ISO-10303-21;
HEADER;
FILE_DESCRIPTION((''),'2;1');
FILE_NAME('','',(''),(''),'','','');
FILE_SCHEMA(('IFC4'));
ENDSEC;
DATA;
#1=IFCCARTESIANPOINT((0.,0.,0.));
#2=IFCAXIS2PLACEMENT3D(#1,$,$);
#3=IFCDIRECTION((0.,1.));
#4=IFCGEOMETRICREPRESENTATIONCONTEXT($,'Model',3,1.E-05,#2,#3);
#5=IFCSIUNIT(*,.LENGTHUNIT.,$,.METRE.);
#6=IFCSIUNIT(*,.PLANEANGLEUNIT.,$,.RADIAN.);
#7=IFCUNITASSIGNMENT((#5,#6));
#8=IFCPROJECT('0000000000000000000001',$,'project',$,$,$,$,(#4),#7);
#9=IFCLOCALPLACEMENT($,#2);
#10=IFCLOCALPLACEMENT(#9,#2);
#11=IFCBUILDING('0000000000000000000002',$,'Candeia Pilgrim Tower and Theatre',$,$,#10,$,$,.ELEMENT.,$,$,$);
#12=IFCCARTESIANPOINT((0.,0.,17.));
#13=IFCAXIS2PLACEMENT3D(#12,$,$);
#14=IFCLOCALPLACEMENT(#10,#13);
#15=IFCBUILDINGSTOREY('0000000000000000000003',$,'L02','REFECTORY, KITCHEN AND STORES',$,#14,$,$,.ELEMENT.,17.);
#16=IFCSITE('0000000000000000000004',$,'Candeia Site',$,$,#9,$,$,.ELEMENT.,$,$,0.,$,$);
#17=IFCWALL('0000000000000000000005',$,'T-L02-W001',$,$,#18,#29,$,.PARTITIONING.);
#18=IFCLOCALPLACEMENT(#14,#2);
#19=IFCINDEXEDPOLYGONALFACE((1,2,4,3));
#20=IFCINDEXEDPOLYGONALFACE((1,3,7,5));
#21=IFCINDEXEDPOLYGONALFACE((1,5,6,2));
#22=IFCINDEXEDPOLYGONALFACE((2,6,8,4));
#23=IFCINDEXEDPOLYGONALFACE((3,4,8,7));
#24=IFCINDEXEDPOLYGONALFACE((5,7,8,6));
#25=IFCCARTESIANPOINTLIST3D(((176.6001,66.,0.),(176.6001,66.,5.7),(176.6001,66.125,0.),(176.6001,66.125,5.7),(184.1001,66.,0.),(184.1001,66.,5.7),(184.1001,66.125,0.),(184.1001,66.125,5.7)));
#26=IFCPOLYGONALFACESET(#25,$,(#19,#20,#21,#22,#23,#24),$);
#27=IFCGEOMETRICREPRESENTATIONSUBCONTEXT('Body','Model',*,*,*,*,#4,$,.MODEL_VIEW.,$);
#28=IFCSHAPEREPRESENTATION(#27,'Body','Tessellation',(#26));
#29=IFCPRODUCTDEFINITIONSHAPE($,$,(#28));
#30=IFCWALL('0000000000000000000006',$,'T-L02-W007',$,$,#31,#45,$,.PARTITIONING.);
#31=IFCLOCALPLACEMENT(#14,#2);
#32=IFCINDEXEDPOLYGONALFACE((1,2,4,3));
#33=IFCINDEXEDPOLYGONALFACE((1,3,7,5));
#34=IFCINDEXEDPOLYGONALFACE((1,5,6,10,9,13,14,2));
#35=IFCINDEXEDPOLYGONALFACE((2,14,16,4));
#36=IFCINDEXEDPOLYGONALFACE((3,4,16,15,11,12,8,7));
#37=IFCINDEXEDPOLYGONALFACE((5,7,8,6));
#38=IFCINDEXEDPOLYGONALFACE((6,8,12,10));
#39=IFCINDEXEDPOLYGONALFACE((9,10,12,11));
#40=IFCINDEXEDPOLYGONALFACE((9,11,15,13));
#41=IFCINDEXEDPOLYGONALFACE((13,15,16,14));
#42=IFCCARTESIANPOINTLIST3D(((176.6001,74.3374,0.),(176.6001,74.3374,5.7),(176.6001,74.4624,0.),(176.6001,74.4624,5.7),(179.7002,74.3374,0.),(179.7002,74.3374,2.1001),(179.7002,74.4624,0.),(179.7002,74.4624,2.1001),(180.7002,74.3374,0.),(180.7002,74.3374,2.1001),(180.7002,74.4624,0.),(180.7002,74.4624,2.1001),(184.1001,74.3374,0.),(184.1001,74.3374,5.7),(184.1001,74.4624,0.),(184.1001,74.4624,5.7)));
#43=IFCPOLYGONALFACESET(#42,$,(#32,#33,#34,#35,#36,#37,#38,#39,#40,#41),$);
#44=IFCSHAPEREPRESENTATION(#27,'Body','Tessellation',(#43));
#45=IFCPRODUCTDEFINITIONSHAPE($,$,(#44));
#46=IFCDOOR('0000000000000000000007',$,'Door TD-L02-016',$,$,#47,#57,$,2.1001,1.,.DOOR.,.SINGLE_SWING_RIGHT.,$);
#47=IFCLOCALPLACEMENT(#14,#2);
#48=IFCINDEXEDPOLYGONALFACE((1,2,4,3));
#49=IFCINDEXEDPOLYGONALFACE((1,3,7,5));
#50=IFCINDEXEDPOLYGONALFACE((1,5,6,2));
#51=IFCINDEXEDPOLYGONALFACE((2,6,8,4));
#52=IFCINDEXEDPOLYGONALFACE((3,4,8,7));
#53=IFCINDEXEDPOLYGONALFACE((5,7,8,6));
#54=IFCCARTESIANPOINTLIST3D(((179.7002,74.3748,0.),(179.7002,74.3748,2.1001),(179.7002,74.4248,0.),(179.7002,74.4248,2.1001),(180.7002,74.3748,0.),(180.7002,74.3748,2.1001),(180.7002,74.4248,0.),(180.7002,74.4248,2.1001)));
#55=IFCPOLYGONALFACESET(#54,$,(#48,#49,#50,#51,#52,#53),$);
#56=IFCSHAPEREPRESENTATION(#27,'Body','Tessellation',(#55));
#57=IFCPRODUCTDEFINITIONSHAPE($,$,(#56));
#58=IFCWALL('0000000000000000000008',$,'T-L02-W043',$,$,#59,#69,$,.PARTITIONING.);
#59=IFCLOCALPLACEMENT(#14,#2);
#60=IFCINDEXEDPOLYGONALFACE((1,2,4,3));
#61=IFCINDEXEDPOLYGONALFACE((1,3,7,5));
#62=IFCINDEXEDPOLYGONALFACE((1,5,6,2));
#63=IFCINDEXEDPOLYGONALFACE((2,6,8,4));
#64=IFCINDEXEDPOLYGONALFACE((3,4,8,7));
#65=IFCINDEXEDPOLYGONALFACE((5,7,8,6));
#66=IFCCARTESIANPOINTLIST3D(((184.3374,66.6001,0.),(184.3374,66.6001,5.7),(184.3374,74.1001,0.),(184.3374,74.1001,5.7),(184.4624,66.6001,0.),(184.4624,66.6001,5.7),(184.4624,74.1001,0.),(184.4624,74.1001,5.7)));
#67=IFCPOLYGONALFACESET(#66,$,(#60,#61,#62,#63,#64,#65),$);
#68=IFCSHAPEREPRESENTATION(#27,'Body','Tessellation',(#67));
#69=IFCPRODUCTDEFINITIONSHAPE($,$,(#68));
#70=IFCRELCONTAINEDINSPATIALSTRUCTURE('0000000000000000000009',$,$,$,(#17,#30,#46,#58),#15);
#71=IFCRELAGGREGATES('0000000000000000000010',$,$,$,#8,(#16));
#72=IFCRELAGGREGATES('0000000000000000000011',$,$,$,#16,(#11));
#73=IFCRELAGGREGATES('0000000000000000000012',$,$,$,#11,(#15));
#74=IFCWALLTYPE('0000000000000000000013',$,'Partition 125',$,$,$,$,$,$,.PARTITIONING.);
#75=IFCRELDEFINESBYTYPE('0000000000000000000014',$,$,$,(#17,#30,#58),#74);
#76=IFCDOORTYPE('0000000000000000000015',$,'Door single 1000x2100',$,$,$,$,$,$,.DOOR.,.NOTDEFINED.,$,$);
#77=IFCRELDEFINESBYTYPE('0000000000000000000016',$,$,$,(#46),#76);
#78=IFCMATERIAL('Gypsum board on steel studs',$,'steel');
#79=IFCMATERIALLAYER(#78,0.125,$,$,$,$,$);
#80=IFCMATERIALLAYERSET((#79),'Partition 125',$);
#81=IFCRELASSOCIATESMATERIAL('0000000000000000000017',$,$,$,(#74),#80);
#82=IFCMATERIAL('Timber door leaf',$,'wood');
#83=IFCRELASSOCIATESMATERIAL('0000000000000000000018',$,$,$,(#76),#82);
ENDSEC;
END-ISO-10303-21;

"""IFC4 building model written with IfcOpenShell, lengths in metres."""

from ifc_helpers import new_model, si_unit, direction, frame, frame_2d, origin, place, context, subcontext, project, spatial, rectangle, extrude, material, layer, layer_set, type_object, element, fill, save


model = new_model("IFC4")

# Units and contexts
model_context = context("Model", 3, precision=1e-05, world=origin(), true_north=direction((0.0, 1.0)))
body_context = subcontext(model_context, "Body", "Model", "MODEL_VIEW")
ifc_project = project(units=[si_unit("LENGTHUNIT", "METRE"), si_unit("PLANEANGLEUNIT", "RADIAN")], contexts=[model_context])

# Site, building, storey
site_placement = place(None, origin())
site = spatial("IfcSite", under=ifc_project, at=site_placement, Name="Candeia Site", CompositionType="ELEMENT", RefElevation=0.0)
building_placement = place(site_placement, origin())
building = spatial("IfcBuilding", under=site, at=building_placement, Name="Candeia Pilgrim Tower and Theatre", CompositionType="ELEMENT")
storey_placement = place(building_placement, frame((0.0, 0.0, 17.0)))
storey = spatial("IfcBuildingStorey", under=building, at=storey_placement, Name="L02", Description="REFECTORY, KITCHEN AND STORES", CompositionType="ELEMENT", Elevation=17.0)

# Wall
ifc_material_1 = material(Name="Gypsum board on steel studs", Category="steel")
ifc_layer_1 = layer(ifc_material_1, 0.125)
ifc_layer_set_1 = layer_set([ifc_layer_1], Name="Partition 125")
wall_type = type_object("IfcWallType", Name="Partition 125", PredefinedType="PARTITIONING", material=ifc_layer_set_1)
wall_1_placement = place(storey_placement, frame((176.6001, 66.0625, 0.0), z_axis=(0.0, 0.0, 1.0), x_axis=(1.0, 0.0, 0.0)))
element("IfcWall", 1, at=wall_1_placement, inside=storey, type_object=wall_type, Name="T-L02-W001", PredefinedType="PARTITIONING", context=body_context, shape_type="SweptSolid", body=[
    extrude(rectangle(XDim=7.5, YDim=0.125, at=frame_2d((3.75, 0.0))), origin(), (0.0, 0.0, 1.0), 5.7),
])

# Wall, opening, door
wall_2_placement = place(storey_placement, frame((176.6001, 74.3999, 0.0), z_axis=(0.0, 0.0, 1.0), x_axis=(1.0, 0.0, 0.0)))
wall_2 = element("IfcWall", 2, at=wall_2_placement, inside=storey, type_object=wall_type, Name="T-L02-W007", PredefinedType="PARTITIONING", context=body_context, shape_type="SweptSolid", body=[
    extrude(rectangle(XDim=7.5, YDim=0.125, at=frame_2d((3.75, 0.0))), origin(), (0.0, 0.0, 1.0), 5.7),
])
opening_placement = place(wall_2_placement, frame((3.1001, 0.0, 0.0)))
opening = element("IfcOpeningElement", 3, at=opening_placement, cuts=wall_2, PredefinedType="OPENING", context=body_context, shape_type="SweptSolid", body=[
    extrude(rectangle(XDim=1.0, YDim=2.1001, at=frame_2d((0.5, 1.05))), frame((0.0, 0.0725, 0.0), z_axis=(0.0, -1.0, 0.0), x_axis=(1.0, 0.0, 0.0)), (0.0, 0.0, 1.0), 0.145),
])
ifc_material_2 = material(Name="Timber door leaf", Category="wood")
door_type = type_object("IfcDoorType", Name="Door single 1000x2100", OperationType="NOTDEFINED", PredefinedType="DOOR", material=ifc_material_2)
door_placement = place(opening_placement, origin())
door = element("IfcDoor", 4, at=door_placement, inside=storey, type_object=door_type, Name="Door TD-L02-016", OperationType="SINGLE_SWING_RIGHT", OverallHeight=2.1001, OverallWidth=1.0, PredefinedType="DOOR", context=body_context, shape_type="SweptSolid", body=[
    extrude(rectangle(XDim=1.0, YDim=2.1001, at=frame_2d((0.5, 1.05))), frame((0.0, 0.0249, 0.0), z_axis=(0.0, -1.0, 0.0), x_axis=(1.0, 0.0, 0.0)), (0.0, 0.0, 1.0), 0.05),
])
fill(opening, door)

# Wall
wall_3_placement = place(storey_placement, frame((184.3999, 66.6001, 0.0), z_axis=(0.0, 0.0, 1.0), x_axis=(0.0, 1.0, 0.0)))
element("IfcWall", 5, at=wall_3_placement, inside=storey, type_object=wall_type, Name="T-L02-W043", PredefinedType="PARTITIONING", context=body_context, shape_type="SweptSolid", body=[
    extrude(rectangle(XDim=7.5, YDim=0.125, at=frame_2d((3.75, 0.0))), origin(), (0.0, 0.0, 1.0), 5.7),
])

save(model, "model.ifc")
